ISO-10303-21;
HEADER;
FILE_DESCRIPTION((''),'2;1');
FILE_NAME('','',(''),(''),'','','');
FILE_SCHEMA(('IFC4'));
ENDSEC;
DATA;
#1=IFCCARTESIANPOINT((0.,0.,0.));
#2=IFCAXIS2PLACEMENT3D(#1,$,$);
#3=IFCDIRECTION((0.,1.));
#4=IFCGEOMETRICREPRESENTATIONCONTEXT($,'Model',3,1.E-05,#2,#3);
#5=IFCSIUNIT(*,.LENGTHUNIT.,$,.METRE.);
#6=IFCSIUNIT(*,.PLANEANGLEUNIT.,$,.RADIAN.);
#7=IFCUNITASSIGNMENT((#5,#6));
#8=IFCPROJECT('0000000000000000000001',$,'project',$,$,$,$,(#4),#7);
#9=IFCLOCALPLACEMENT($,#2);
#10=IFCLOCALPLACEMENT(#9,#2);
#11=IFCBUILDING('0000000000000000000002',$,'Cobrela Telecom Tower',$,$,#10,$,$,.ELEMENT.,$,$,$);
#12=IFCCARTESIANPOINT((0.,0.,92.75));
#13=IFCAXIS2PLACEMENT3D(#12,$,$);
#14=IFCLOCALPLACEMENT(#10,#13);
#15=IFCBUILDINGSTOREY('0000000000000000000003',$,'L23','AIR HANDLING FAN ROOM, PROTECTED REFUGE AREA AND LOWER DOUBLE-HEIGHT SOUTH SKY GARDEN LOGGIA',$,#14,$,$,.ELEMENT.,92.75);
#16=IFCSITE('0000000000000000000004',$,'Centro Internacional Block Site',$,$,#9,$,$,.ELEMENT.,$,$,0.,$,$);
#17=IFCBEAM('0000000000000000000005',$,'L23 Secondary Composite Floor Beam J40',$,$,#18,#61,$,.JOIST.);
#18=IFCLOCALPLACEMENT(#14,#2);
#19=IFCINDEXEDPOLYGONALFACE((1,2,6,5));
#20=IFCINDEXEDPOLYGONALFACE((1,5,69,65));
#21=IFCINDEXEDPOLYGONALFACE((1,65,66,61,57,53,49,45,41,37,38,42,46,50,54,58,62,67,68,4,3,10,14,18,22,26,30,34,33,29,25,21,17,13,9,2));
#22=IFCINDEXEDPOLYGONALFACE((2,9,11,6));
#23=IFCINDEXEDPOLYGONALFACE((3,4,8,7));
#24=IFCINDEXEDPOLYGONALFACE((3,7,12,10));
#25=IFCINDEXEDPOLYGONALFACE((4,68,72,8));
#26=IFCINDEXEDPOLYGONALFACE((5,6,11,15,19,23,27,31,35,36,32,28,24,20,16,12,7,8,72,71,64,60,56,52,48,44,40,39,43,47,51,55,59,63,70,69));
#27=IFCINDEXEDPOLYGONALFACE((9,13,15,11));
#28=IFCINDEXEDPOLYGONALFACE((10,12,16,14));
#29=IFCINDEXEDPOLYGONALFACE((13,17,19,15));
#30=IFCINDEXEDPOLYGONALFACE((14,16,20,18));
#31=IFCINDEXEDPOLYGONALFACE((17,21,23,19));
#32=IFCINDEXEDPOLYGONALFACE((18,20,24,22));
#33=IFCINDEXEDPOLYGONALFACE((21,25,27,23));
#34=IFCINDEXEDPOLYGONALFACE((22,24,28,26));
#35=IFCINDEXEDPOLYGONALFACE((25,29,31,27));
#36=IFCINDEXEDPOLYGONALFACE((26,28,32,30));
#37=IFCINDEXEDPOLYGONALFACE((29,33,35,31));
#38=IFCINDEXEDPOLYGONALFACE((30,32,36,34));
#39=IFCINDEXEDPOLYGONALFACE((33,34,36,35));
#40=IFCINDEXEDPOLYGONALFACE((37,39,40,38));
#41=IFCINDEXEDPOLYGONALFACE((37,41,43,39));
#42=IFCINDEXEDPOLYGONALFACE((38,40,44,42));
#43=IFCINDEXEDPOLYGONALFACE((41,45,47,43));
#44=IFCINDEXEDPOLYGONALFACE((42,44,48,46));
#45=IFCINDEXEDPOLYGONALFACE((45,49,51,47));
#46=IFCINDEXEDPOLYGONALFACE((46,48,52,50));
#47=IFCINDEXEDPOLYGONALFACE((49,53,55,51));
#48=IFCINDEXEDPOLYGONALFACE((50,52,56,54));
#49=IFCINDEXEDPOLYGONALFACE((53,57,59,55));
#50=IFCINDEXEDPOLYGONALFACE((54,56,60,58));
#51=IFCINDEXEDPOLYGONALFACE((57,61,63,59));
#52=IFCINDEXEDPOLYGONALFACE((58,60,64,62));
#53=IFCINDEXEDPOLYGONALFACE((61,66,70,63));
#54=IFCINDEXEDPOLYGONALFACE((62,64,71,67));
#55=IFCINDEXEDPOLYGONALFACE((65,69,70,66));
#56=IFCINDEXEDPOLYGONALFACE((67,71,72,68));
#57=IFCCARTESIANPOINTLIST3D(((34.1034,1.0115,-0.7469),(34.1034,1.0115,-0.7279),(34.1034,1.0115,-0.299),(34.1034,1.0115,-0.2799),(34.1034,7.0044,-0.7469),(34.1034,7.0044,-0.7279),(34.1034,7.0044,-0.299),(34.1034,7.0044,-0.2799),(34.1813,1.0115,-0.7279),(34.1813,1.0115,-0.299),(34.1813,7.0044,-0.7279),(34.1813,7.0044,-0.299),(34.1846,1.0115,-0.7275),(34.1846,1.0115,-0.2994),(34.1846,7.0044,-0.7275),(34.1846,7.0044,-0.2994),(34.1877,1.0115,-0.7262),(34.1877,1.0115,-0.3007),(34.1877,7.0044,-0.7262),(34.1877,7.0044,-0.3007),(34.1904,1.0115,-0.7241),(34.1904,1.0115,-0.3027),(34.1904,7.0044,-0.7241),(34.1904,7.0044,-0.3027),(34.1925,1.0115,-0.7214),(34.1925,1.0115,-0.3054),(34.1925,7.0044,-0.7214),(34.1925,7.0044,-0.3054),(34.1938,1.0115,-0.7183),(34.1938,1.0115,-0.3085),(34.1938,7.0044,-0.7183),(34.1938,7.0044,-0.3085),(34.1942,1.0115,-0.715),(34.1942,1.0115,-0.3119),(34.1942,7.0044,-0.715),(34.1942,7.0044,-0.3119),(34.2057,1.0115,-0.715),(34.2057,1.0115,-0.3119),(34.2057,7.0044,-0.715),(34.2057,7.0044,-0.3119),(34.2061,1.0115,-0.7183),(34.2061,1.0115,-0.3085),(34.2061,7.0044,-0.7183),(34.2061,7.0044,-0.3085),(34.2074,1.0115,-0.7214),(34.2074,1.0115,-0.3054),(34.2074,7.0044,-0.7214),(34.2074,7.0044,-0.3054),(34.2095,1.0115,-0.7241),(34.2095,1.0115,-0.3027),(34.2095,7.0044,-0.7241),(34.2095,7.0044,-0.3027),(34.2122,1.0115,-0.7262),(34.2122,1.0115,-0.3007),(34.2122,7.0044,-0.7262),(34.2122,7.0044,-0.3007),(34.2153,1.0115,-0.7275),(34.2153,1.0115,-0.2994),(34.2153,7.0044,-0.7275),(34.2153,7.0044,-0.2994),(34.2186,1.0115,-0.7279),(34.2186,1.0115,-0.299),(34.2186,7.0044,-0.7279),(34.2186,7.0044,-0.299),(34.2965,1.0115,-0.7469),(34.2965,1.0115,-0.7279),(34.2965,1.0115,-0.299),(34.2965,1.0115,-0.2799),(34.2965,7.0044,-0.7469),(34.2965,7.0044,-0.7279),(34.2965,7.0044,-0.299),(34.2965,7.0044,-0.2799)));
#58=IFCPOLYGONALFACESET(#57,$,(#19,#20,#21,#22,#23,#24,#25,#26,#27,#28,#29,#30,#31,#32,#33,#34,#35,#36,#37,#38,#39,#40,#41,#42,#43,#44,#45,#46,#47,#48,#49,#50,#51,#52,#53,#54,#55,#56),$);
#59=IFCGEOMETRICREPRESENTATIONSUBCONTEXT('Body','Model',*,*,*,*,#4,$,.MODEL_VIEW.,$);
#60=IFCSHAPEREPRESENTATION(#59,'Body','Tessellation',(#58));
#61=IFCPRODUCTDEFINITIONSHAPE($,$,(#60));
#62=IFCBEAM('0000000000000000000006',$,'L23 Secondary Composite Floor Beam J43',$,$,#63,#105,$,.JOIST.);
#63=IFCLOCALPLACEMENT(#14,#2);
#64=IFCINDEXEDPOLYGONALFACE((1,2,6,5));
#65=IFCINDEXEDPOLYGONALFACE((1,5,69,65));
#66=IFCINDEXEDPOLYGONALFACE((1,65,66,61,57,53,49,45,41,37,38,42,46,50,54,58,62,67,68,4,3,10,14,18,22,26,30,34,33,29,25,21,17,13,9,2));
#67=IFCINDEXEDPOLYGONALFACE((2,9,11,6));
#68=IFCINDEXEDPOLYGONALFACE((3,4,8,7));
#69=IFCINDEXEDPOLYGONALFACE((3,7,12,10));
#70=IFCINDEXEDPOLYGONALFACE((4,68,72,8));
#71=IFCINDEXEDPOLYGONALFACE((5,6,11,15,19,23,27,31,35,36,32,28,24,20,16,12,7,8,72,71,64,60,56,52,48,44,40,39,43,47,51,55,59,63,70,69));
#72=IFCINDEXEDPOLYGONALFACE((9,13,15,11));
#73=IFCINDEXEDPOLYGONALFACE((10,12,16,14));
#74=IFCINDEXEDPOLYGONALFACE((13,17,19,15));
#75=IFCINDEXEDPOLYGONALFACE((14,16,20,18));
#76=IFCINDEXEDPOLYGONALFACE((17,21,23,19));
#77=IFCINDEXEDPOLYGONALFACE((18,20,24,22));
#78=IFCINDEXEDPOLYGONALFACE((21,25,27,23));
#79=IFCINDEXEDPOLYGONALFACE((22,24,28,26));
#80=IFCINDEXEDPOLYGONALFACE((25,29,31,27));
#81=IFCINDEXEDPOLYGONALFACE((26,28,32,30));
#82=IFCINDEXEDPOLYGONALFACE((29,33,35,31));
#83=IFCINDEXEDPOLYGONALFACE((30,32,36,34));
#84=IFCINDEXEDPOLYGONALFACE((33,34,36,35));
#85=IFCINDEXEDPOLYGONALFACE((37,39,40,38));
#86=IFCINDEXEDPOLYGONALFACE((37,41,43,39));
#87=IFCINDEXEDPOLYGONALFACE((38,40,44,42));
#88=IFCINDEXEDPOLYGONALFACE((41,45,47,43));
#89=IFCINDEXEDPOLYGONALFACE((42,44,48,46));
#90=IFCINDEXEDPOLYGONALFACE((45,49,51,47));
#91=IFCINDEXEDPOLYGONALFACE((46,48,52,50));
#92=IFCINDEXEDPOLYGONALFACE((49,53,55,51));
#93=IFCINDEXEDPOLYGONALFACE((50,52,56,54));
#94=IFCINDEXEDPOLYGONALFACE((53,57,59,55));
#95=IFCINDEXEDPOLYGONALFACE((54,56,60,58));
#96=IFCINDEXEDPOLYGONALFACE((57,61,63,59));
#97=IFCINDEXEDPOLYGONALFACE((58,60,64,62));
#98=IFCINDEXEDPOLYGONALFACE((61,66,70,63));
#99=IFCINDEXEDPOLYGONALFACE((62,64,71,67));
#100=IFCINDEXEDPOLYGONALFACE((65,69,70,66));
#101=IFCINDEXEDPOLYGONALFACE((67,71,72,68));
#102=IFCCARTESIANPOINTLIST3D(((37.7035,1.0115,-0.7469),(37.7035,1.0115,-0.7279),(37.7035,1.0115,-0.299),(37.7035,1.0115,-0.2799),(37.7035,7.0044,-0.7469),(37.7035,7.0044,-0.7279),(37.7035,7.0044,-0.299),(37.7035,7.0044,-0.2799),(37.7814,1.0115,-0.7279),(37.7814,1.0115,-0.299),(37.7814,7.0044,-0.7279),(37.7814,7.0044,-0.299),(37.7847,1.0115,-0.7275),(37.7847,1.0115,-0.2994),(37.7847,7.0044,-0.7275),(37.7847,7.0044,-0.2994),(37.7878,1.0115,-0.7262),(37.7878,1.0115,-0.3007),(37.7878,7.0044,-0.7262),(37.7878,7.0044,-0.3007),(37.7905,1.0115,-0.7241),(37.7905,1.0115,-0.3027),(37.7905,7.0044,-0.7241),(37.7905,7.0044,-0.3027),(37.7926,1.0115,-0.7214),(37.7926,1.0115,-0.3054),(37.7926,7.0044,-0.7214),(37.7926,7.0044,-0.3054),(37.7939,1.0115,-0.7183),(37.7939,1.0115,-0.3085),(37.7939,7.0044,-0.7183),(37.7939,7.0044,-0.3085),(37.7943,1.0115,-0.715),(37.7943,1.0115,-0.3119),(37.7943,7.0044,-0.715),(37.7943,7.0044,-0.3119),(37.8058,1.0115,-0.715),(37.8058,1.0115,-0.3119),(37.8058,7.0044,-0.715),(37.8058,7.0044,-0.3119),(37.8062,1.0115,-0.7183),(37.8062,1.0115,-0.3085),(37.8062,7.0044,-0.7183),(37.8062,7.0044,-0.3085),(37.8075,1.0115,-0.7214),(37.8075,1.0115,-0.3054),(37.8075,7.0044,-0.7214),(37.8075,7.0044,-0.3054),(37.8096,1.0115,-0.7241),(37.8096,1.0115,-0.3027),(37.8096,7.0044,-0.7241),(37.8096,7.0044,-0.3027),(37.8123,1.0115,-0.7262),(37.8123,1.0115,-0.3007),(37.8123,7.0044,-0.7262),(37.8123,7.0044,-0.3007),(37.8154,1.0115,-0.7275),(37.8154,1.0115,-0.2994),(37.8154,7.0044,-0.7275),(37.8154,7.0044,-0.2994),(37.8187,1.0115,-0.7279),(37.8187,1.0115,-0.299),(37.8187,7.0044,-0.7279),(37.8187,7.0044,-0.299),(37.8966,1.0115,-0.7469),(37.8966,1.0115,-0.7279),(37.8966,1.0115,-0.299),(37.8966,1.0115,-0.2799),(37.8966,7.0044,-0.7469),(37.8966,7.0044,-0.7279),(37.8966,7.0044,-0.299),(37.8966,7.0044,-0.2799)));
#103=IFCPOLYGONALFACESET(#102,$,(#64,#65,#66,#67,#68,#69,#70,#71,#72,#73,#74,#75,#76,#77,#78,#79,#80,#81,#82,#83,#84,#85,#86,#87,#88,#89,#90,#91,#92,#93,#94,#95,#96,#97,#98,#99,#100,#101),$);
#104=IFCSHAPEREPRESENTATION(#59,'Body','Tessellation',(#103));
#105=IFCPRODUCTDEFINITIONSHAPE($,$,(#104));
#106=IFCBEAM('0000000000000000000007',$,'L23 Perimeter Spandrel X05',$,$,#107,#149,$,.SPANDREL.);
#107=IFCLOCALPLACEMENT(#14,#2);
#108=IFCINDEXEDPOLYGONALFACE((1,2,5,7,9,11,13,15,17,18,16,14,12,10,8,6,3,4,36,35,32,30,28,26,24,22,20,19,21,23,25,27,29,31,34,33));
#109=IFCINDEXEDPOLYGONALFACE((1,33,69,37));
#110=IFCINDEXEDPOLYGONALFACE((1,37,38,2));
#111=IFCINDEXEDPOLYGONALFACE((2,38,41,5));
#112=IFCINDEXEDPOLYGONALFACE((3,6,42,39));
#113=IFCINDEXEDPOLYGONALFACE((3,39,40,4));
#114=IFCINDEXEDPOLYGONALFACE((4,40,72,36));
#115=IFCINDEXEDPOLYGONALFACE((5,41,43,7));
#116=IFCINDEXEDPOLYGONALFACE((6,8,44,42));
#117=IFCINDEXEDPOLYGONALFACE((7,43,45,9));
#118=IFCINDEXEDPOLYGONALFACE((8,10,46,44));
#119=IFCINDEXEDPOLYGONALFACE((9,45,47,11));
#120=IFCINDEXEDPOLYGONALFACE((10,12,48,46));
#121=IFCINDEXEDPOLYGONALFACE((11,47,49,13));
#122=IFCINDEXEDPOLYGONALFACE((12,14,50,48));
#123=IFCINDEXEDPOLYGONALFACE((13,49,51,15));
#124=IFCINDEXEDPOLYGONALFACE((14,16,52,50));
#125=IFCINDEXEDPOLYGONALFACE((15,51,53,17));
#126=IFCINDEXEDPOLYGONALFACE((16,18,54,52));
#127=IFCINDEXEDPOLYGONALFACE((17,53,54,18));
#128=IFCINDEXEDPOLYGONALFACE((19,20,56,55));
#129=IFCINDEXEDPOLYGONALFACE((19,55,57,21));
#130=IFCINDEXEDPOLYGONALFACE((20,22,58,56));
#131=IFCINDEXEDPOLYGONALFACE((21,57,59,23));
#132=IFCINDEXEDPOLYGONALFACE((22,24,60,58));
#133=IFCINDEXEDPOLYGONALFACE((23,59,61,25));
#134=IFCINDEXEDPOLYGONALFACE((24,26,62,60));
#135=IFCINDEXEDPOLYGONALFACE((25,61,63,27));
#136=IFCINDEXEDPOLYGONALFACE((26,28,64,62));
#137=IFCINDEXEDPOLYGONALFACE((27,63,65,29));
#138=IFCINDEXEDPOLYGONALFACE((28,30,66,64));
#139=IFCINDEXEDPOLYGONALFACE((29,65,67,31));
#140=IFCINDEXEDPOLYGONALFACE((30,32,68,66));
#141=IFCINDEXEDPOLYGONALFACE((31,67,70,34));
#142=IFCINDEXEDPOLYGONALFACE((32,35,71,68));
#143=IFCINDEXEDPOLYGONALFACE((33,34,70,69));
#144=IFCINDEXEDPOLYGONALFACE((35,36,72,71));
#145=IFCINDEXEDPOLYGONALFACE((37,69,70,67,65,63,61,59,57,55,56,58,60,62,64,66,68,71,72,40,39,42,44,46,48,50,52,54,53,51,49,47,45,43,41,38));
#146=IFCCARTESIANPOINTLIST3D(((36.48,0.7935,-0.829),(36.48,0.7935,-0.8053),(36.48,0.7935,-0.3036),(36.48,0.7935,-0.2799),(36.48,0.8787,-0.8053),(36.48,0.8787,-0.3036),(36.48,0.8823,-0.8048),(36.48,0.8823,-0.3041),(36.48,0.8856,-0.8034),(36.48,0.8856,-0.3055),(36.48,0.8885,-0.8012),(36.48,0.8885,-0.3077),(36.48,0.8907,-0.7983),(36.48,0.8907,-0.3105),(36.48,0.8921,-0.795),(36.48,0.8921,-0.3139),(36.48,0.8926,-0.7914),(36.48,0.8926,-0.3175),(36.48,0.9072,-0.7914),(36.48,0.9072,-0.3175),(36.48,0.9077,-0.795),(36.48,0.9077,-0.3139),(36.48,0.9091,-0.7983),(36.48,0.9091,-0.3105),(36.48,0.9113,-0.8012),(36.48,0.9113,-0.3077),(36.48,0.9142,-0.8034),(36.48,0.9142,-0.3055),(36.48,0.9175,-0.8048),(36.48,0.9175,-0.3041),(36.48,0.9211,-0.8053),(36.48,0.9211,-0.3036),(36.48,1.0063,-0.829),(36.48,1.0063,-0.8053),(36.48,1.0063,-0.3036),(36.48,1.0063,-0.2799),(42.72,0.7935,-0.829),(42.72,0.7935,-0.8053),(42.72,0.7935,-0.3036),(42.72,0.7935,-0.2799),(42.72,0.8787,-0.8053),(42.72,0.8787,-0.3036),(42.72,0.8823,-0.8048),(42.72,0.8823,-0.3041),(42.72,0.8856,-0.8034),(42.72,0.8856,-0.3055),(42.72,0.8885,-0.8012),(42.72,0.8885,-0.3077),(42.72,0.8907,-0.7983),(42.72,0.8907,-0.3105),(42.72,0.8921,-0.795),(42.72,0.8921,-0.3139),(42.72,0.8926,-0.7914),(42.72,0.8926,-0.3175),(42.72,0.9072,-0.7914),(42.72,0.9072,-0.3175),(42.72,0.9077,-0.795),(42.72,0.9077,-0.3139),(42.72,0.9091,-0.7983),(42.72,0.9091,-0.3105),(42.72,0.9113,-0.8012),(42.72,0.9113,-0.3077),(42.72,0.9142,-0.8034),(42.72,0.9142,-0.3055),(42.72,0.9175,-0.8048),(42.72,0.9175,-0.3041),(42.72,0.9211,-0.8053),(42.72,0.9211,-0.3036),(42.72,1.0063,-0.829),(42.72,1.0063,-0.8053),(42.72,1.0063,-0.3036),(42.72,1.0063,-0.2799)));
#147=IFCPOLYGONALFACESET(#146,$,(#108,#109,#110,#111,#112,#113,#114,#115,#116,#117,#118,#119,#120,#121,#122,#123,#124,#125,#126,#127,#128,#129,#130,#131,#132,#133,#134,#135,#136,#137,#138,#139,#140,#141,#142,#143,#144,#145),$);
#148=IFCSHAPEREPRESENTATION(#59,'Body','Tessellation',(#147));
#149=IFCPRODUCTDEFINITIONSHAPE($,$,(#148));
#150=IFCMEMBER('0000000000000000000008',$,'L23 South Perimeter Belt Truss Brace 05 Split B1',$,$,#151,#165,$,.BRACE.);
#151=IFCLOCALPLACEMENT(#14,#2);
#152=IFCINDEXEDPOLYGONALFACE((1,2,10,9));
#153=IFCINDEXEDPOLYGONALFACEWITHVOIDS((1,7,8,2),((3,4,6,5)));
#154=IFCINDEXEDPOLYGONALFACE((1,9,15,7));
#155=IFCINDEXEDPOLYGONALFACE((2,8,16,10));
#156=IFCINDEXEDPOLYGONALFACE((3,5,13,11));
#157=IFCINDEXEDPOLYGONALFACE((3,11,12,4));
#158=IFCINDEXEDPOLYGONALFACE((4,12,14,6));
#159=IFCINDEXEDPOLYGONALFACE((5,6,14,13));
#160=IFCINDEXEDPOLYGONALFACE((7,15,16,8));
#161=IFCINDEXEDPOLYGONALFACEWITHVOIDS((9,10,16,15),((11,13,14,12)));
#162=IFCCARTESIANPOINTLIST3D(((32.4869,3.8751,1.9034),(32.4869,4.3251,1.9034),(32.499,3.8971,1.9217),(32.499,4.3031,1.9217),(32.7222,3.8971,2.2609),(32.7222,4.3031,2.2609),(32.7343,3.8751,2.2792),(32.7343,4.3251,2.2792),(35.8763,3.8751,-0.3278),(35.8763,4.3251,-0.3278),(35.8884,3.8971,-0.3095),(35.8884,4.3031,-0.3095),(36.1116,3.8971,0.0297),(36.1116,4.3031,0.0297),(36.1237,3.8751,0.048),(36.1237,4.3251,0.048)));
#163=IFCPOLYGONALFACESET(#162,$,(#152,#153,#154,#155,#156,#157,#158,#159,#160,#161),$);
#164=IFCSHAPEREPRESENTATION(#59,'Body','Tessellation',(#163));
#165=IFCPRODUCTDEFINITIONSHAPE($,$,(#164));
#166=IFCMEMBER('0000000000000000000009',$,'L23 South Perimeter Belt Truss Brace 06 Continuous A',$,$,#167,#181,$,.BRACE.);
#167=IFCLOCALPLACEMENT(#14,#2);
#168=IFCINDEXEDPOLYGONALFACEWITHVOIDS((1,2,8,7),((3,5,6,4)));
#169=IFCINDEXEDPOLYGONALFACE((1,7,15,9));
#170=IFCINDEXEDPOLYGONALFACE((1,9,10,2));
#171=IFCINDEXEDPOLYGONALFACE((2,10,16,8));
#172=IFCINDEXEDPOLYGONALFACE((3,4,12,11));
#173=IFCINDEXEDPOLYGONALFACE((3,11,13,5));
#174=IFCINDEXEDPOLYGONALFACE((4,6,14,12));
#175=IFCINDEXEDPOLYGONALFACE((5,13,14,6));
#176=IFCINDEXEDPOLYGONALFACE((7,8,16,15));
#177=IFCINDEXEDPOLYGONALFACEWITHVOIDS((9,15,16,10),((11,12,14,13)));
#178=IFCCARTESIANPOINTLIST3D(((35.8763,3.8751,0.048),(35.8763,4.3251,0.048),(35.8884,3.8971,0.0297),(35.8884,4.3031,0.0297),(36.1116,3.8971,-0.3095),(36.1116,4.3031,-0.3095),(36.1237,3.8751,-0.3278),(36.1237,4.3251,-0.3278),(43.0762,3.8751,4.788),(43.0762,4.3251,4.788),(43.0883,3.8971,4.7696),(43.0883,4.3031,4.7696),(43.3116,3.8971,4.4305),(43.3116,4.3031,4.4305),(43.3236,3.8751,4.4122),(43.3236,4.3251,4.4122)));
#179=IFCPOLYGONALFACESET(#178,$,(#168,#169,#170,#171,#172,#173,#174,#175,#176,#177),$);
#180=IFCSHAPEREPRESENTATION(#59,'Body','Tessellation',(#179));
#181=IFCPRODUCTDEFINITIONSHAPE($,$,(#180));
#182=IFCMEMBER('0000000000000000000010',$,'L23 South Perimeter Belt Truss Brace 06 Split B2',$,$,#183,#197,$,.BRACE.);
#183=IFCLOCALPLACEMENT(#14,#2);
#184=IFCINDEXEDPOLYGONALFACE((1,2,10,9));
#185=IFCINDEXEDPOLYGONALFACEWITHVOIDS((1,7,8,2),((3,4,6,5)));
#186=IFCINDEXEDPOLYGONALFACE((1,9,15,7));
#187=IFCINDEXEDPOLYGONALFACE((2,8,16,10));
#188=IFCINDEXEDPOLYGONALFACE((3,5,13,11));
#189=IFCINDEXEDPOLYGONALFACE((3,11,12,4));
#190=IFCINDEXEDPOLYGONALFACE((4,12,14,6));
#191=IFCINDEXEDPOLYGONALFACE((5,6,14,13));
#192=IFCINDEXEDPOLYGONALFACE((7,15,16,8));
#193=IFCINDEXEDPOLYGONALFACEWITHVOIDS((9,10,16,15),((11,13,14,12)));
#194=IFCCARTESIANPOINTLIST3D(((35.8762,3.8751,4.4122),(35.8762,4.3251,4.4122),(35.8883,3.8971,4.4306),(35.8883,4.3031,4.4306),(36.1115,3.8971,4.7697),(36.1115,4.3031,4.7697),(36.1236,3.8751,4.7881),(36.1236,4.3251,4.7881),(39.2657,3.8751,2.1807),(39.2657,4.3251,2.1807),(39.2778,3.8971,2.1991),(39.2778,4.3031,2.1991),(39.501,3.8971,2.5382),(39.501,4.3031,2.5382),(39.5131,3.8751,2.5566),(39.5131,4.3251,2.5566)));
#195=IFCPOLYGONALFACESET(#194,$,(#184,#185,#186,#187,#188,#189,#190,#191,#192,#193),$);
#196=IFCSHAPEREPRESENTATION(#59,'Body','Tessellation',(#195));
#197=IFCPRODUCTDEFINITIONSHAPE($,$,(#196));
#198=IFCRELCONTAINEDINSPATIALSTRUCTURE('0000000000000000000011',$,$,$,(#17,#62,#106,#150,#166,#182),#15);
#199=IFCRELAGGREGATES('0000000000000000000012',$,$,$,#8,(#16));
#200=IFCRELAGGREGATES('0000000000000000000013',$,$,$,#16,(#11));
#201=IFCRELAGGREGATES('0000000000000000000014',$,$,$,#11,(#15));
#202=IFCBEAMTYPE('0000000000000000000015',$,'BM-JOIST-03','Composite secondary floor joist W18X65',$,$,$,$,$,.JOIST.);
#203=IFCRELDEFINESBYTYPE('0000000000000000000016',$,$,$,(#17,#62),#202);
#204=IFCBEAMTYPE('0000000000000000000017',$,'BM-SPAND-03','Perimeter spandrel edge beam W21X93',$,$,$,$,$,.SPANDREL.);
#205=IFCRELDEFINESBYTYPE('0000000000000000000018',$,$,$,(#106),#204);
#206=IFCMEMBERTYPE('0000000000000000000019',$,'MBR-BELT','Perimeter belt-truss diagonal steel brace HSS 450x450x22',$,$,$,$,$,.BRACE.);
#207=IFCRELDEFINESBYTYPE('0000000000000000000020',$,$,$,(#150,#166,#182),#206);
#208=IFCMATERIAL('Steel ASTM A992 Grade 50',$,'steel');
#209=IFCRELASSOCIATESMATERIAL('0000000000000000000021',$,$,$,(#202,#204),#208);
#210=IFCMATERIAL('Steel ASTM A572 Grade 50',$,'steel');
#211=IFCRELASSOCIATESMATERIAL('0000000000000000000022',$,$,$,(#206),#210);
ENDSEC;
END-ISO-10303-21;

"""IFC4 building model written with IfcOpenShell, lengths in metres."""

from ifc_helpers import new_model, si_unit, direction, frame, origin, origin_2d, place, context, subcontext, project, spatial, hollow_rectangle, i_section, extrude, material, material_profile, profile_set, type_object, element, save


model = new_model("IFC4")

# Units and contexts
model_context = context("Model", 3, precision=1e-05, world=origin(), true_north=direction((0.0, 1.0)))
body_context = subcontext(model_context, "Body", "Model", "MODEL_VIEW")
ifc_project = project(units=[si_unit("LENGTHUNIT", "METRE"), si_unit("PLANEANGLEUNIT", "RADIAN")], contexts=[model_context])

# Site, building, storey
site_placement = place(None, origin())
site = spatial("IfcSite", under=ifc_project, at=site_placement, Name="Centro Internacional Block Site", CompositionType="ELEMENT", RefElevation=0.0)
building_placement = place(site_placement, origin())
building = spatial("IfcBuilding", under=site, at=building_placement, Name="Cobrela Telecom Tower", CompositionType="ELEMENT")
storey_placement = place(building_placement, frame((0.0, 0.0, 92.75)))
storey = spatial("IfcBuildingStorey", under=building, at=storey_placement, Name="L23", Description="AIR HANDLING FAN ROOM, PROTECTED REFUGE AREA AND LOWER DOUBLE-HEIGHT SOUTH SKY GARDEN LOGGIA", CompositionType="ELEMENT", Elevation=92.75)

# Shared definitions
ifc_material_1 = material(Name="Steel ASTM A992 Grade 50", Category="steel")
ifc_material_2 = material(Name="Steel ASTM A572 Grade 50", Category="steel")

# Beams
ifc_material_profile_1 = material_profile(ifc_material_1, i_section(OverallWidth=0.1931, OverallDepth=0.467, WebThickness=0.0115, FlangeThickness=0.019, FilletRadius=0.0129, at=origin_2d()), Name="W18X65")
ifc_profile_set_1 = profile_set([ifc_material_profile_1], Name="Steel ASTM A992 Grade 50")
beam_type_1 = type_object("IfcBeamType", Name="BM-JOIST-03", Description="Composite secondary floor joist W18X65", PredefinedType="JOIST", material=ifc_profile_set_1)
for number, where, z_axis, x_axis, name in (
    (1, (34.2, 1.0115, -0.5134), (0.0, 1.0, 0.0), (-1.0, 0.0, 0.0), "L23 Secondary Composite Floor Beam J40"),
    (2, (37.8, 1.0115, -0.5134), (0.0, 1.0, 0.0), (-1.0, 0.0, 0.0), "L23 Secondary Composite Floor Beam J43"),
):
    element("IfcBeam", number, at=place(storey_placement, frame(where, z_axis=z_axis, x_axis=x_axis)), inside=storey, type_object=beam_type_1, Name=name, PredefinedType="JOIST", context=body_context, shape_type="SweptSolid", body=[
        extrude(i_section(OverallWidth=0.1931, OverallDepth=0.467, WebThickness=0.0115, FlangeThickness=0.019, FilletRadius=0.0129, at=origin_2d()), origin(), (0.0, 0.0, 1.0), 5.9929),
    ])
ifc_material_profile_2 = material_profile(ifc_material_1, i_section(OverallWidth=0.2129, OverallDepth=0.5491, WebThickness=0.0146, FlangeThickness=0.0237, FilletRadius=0.0139, at=origin_2d()), Name="W21X93")
ifc_profile_set_2 = profile_set([ifc_material_profile_2], Name="Steel ASTM A992 Grade 50")
beam_type_2 = type_object("IfcBeamType", Name="BM-SPAND-03", Description="Perimeter spandrel edge beam W21X93", PredefinedType="SPANDREL", material=ifc_profile_set_2)
beam_1_placement = place(storey_placement, frame((36.48, 0.8999, -0.5544), z_axis=(1.0, 0.0, 0.0), x_axis=(0.0, 1.0, 0.0)))
element("IfcBeam", 3, at=beam_1_placement, inside=storey, type_object=beam_type_2, Name="L23 Perimeter Spandrel X05", PredefinedType="SPANDREL", context=body_context, shape_type="SweptSolid", body=[
    extrude(i_section(OverallWidth=0.2129, OverallDepth=0.5491, WebThickness=0.0146, FlangeThickness=0.0237, FilletRadius=0.0139, at=origin_2d()), origin(), (0.0, 0.0, 1.0), 6.24),
])

# Members
ifc_material_profile_3 = material_profile(ifc_material_2, hollow_rectangle(XDim=0.45, YDim=0.45, WallThickness=0.022, at=origin_2d()), Name="HSS 450x450x22")
ifc_profile_set_3 = profile_set([ifc_material_profile_3], Name="Steel ASTM A572 Grade 50")
member_type_1 = type_object("IfcMemberType", Name="MBR-BELT", Description="Perimeter belt-truss diagonal steel brace HSS 450x450x22", PredefinedType="BRACE", material=ifc_profile_set_3)
member_1_placement = place(storey_placement, frame((36.0, 4.1001, -0.1399), z_axis=(-0.835267, 0.0, 0.549845), x_axis=(0.0, -1.0, 0.0)))
element("IfcMember", 4, at=member_1_placement, inside=storey, type_object=member_type_1, Name="L23 South Perimeter Belt Truss Brace 05 Split B1", PredefinedType="BRACE", context=body_context, shape_type="SweptSolid", body=[
    extrude(hollow_rectangle(XDim=0.45, YDim=0.45, WallThickness=0.022, at=origin_2d()), origin(), (0.0, 0.0, 1.0), 4.0579),
])
member_2_placement = place(storey_placement, frame((36.0, 4.1001, -0.1399), z_axis=(0.835248, 0.0, 0.549874), x_axis=(0.0, 1.0, 0.0)))
element("IfcMember", 5, at=member_2_placement, inside=storey, type_object=member_type_1, Name="L23 South Perimeter Belt Truss Brace 06 Continuous A", PredefinedType="BRACE", context=body_context, shape_type="SweptSolid", body=[
    extrude(hollow_rectangle(XDim=0.45, YDim=0.45, WallThickness=0.022, at=origin_2d()), origin(), (0.0, 0.0, 1.0), 8.6201),
])
member_3_placement = place(storey_placement, frame((39.3894, 4.1001, 2.3687), z_axis=(-0.835239, 0.0, 0.549887), x_axis=(0.0, -1.0, 0.0)))
element("IfcMember", 6, at=member_3_placement, inside=storey, type_object=member_type_1, Name="L23 South Perimeter Belt Truss Brace 06 Split B2", PredefinedType="BRACE", context=body_context, shape_type="SweptSolid", body=[
    extrude(hollow_rectangle(XDim=0.45, YDim=0.45, WallThickness=0.022, at=origin_2d()), origin(), (0.0, 0.0, 1.0), 4.0581),
])

save(model, "model.ifc")
